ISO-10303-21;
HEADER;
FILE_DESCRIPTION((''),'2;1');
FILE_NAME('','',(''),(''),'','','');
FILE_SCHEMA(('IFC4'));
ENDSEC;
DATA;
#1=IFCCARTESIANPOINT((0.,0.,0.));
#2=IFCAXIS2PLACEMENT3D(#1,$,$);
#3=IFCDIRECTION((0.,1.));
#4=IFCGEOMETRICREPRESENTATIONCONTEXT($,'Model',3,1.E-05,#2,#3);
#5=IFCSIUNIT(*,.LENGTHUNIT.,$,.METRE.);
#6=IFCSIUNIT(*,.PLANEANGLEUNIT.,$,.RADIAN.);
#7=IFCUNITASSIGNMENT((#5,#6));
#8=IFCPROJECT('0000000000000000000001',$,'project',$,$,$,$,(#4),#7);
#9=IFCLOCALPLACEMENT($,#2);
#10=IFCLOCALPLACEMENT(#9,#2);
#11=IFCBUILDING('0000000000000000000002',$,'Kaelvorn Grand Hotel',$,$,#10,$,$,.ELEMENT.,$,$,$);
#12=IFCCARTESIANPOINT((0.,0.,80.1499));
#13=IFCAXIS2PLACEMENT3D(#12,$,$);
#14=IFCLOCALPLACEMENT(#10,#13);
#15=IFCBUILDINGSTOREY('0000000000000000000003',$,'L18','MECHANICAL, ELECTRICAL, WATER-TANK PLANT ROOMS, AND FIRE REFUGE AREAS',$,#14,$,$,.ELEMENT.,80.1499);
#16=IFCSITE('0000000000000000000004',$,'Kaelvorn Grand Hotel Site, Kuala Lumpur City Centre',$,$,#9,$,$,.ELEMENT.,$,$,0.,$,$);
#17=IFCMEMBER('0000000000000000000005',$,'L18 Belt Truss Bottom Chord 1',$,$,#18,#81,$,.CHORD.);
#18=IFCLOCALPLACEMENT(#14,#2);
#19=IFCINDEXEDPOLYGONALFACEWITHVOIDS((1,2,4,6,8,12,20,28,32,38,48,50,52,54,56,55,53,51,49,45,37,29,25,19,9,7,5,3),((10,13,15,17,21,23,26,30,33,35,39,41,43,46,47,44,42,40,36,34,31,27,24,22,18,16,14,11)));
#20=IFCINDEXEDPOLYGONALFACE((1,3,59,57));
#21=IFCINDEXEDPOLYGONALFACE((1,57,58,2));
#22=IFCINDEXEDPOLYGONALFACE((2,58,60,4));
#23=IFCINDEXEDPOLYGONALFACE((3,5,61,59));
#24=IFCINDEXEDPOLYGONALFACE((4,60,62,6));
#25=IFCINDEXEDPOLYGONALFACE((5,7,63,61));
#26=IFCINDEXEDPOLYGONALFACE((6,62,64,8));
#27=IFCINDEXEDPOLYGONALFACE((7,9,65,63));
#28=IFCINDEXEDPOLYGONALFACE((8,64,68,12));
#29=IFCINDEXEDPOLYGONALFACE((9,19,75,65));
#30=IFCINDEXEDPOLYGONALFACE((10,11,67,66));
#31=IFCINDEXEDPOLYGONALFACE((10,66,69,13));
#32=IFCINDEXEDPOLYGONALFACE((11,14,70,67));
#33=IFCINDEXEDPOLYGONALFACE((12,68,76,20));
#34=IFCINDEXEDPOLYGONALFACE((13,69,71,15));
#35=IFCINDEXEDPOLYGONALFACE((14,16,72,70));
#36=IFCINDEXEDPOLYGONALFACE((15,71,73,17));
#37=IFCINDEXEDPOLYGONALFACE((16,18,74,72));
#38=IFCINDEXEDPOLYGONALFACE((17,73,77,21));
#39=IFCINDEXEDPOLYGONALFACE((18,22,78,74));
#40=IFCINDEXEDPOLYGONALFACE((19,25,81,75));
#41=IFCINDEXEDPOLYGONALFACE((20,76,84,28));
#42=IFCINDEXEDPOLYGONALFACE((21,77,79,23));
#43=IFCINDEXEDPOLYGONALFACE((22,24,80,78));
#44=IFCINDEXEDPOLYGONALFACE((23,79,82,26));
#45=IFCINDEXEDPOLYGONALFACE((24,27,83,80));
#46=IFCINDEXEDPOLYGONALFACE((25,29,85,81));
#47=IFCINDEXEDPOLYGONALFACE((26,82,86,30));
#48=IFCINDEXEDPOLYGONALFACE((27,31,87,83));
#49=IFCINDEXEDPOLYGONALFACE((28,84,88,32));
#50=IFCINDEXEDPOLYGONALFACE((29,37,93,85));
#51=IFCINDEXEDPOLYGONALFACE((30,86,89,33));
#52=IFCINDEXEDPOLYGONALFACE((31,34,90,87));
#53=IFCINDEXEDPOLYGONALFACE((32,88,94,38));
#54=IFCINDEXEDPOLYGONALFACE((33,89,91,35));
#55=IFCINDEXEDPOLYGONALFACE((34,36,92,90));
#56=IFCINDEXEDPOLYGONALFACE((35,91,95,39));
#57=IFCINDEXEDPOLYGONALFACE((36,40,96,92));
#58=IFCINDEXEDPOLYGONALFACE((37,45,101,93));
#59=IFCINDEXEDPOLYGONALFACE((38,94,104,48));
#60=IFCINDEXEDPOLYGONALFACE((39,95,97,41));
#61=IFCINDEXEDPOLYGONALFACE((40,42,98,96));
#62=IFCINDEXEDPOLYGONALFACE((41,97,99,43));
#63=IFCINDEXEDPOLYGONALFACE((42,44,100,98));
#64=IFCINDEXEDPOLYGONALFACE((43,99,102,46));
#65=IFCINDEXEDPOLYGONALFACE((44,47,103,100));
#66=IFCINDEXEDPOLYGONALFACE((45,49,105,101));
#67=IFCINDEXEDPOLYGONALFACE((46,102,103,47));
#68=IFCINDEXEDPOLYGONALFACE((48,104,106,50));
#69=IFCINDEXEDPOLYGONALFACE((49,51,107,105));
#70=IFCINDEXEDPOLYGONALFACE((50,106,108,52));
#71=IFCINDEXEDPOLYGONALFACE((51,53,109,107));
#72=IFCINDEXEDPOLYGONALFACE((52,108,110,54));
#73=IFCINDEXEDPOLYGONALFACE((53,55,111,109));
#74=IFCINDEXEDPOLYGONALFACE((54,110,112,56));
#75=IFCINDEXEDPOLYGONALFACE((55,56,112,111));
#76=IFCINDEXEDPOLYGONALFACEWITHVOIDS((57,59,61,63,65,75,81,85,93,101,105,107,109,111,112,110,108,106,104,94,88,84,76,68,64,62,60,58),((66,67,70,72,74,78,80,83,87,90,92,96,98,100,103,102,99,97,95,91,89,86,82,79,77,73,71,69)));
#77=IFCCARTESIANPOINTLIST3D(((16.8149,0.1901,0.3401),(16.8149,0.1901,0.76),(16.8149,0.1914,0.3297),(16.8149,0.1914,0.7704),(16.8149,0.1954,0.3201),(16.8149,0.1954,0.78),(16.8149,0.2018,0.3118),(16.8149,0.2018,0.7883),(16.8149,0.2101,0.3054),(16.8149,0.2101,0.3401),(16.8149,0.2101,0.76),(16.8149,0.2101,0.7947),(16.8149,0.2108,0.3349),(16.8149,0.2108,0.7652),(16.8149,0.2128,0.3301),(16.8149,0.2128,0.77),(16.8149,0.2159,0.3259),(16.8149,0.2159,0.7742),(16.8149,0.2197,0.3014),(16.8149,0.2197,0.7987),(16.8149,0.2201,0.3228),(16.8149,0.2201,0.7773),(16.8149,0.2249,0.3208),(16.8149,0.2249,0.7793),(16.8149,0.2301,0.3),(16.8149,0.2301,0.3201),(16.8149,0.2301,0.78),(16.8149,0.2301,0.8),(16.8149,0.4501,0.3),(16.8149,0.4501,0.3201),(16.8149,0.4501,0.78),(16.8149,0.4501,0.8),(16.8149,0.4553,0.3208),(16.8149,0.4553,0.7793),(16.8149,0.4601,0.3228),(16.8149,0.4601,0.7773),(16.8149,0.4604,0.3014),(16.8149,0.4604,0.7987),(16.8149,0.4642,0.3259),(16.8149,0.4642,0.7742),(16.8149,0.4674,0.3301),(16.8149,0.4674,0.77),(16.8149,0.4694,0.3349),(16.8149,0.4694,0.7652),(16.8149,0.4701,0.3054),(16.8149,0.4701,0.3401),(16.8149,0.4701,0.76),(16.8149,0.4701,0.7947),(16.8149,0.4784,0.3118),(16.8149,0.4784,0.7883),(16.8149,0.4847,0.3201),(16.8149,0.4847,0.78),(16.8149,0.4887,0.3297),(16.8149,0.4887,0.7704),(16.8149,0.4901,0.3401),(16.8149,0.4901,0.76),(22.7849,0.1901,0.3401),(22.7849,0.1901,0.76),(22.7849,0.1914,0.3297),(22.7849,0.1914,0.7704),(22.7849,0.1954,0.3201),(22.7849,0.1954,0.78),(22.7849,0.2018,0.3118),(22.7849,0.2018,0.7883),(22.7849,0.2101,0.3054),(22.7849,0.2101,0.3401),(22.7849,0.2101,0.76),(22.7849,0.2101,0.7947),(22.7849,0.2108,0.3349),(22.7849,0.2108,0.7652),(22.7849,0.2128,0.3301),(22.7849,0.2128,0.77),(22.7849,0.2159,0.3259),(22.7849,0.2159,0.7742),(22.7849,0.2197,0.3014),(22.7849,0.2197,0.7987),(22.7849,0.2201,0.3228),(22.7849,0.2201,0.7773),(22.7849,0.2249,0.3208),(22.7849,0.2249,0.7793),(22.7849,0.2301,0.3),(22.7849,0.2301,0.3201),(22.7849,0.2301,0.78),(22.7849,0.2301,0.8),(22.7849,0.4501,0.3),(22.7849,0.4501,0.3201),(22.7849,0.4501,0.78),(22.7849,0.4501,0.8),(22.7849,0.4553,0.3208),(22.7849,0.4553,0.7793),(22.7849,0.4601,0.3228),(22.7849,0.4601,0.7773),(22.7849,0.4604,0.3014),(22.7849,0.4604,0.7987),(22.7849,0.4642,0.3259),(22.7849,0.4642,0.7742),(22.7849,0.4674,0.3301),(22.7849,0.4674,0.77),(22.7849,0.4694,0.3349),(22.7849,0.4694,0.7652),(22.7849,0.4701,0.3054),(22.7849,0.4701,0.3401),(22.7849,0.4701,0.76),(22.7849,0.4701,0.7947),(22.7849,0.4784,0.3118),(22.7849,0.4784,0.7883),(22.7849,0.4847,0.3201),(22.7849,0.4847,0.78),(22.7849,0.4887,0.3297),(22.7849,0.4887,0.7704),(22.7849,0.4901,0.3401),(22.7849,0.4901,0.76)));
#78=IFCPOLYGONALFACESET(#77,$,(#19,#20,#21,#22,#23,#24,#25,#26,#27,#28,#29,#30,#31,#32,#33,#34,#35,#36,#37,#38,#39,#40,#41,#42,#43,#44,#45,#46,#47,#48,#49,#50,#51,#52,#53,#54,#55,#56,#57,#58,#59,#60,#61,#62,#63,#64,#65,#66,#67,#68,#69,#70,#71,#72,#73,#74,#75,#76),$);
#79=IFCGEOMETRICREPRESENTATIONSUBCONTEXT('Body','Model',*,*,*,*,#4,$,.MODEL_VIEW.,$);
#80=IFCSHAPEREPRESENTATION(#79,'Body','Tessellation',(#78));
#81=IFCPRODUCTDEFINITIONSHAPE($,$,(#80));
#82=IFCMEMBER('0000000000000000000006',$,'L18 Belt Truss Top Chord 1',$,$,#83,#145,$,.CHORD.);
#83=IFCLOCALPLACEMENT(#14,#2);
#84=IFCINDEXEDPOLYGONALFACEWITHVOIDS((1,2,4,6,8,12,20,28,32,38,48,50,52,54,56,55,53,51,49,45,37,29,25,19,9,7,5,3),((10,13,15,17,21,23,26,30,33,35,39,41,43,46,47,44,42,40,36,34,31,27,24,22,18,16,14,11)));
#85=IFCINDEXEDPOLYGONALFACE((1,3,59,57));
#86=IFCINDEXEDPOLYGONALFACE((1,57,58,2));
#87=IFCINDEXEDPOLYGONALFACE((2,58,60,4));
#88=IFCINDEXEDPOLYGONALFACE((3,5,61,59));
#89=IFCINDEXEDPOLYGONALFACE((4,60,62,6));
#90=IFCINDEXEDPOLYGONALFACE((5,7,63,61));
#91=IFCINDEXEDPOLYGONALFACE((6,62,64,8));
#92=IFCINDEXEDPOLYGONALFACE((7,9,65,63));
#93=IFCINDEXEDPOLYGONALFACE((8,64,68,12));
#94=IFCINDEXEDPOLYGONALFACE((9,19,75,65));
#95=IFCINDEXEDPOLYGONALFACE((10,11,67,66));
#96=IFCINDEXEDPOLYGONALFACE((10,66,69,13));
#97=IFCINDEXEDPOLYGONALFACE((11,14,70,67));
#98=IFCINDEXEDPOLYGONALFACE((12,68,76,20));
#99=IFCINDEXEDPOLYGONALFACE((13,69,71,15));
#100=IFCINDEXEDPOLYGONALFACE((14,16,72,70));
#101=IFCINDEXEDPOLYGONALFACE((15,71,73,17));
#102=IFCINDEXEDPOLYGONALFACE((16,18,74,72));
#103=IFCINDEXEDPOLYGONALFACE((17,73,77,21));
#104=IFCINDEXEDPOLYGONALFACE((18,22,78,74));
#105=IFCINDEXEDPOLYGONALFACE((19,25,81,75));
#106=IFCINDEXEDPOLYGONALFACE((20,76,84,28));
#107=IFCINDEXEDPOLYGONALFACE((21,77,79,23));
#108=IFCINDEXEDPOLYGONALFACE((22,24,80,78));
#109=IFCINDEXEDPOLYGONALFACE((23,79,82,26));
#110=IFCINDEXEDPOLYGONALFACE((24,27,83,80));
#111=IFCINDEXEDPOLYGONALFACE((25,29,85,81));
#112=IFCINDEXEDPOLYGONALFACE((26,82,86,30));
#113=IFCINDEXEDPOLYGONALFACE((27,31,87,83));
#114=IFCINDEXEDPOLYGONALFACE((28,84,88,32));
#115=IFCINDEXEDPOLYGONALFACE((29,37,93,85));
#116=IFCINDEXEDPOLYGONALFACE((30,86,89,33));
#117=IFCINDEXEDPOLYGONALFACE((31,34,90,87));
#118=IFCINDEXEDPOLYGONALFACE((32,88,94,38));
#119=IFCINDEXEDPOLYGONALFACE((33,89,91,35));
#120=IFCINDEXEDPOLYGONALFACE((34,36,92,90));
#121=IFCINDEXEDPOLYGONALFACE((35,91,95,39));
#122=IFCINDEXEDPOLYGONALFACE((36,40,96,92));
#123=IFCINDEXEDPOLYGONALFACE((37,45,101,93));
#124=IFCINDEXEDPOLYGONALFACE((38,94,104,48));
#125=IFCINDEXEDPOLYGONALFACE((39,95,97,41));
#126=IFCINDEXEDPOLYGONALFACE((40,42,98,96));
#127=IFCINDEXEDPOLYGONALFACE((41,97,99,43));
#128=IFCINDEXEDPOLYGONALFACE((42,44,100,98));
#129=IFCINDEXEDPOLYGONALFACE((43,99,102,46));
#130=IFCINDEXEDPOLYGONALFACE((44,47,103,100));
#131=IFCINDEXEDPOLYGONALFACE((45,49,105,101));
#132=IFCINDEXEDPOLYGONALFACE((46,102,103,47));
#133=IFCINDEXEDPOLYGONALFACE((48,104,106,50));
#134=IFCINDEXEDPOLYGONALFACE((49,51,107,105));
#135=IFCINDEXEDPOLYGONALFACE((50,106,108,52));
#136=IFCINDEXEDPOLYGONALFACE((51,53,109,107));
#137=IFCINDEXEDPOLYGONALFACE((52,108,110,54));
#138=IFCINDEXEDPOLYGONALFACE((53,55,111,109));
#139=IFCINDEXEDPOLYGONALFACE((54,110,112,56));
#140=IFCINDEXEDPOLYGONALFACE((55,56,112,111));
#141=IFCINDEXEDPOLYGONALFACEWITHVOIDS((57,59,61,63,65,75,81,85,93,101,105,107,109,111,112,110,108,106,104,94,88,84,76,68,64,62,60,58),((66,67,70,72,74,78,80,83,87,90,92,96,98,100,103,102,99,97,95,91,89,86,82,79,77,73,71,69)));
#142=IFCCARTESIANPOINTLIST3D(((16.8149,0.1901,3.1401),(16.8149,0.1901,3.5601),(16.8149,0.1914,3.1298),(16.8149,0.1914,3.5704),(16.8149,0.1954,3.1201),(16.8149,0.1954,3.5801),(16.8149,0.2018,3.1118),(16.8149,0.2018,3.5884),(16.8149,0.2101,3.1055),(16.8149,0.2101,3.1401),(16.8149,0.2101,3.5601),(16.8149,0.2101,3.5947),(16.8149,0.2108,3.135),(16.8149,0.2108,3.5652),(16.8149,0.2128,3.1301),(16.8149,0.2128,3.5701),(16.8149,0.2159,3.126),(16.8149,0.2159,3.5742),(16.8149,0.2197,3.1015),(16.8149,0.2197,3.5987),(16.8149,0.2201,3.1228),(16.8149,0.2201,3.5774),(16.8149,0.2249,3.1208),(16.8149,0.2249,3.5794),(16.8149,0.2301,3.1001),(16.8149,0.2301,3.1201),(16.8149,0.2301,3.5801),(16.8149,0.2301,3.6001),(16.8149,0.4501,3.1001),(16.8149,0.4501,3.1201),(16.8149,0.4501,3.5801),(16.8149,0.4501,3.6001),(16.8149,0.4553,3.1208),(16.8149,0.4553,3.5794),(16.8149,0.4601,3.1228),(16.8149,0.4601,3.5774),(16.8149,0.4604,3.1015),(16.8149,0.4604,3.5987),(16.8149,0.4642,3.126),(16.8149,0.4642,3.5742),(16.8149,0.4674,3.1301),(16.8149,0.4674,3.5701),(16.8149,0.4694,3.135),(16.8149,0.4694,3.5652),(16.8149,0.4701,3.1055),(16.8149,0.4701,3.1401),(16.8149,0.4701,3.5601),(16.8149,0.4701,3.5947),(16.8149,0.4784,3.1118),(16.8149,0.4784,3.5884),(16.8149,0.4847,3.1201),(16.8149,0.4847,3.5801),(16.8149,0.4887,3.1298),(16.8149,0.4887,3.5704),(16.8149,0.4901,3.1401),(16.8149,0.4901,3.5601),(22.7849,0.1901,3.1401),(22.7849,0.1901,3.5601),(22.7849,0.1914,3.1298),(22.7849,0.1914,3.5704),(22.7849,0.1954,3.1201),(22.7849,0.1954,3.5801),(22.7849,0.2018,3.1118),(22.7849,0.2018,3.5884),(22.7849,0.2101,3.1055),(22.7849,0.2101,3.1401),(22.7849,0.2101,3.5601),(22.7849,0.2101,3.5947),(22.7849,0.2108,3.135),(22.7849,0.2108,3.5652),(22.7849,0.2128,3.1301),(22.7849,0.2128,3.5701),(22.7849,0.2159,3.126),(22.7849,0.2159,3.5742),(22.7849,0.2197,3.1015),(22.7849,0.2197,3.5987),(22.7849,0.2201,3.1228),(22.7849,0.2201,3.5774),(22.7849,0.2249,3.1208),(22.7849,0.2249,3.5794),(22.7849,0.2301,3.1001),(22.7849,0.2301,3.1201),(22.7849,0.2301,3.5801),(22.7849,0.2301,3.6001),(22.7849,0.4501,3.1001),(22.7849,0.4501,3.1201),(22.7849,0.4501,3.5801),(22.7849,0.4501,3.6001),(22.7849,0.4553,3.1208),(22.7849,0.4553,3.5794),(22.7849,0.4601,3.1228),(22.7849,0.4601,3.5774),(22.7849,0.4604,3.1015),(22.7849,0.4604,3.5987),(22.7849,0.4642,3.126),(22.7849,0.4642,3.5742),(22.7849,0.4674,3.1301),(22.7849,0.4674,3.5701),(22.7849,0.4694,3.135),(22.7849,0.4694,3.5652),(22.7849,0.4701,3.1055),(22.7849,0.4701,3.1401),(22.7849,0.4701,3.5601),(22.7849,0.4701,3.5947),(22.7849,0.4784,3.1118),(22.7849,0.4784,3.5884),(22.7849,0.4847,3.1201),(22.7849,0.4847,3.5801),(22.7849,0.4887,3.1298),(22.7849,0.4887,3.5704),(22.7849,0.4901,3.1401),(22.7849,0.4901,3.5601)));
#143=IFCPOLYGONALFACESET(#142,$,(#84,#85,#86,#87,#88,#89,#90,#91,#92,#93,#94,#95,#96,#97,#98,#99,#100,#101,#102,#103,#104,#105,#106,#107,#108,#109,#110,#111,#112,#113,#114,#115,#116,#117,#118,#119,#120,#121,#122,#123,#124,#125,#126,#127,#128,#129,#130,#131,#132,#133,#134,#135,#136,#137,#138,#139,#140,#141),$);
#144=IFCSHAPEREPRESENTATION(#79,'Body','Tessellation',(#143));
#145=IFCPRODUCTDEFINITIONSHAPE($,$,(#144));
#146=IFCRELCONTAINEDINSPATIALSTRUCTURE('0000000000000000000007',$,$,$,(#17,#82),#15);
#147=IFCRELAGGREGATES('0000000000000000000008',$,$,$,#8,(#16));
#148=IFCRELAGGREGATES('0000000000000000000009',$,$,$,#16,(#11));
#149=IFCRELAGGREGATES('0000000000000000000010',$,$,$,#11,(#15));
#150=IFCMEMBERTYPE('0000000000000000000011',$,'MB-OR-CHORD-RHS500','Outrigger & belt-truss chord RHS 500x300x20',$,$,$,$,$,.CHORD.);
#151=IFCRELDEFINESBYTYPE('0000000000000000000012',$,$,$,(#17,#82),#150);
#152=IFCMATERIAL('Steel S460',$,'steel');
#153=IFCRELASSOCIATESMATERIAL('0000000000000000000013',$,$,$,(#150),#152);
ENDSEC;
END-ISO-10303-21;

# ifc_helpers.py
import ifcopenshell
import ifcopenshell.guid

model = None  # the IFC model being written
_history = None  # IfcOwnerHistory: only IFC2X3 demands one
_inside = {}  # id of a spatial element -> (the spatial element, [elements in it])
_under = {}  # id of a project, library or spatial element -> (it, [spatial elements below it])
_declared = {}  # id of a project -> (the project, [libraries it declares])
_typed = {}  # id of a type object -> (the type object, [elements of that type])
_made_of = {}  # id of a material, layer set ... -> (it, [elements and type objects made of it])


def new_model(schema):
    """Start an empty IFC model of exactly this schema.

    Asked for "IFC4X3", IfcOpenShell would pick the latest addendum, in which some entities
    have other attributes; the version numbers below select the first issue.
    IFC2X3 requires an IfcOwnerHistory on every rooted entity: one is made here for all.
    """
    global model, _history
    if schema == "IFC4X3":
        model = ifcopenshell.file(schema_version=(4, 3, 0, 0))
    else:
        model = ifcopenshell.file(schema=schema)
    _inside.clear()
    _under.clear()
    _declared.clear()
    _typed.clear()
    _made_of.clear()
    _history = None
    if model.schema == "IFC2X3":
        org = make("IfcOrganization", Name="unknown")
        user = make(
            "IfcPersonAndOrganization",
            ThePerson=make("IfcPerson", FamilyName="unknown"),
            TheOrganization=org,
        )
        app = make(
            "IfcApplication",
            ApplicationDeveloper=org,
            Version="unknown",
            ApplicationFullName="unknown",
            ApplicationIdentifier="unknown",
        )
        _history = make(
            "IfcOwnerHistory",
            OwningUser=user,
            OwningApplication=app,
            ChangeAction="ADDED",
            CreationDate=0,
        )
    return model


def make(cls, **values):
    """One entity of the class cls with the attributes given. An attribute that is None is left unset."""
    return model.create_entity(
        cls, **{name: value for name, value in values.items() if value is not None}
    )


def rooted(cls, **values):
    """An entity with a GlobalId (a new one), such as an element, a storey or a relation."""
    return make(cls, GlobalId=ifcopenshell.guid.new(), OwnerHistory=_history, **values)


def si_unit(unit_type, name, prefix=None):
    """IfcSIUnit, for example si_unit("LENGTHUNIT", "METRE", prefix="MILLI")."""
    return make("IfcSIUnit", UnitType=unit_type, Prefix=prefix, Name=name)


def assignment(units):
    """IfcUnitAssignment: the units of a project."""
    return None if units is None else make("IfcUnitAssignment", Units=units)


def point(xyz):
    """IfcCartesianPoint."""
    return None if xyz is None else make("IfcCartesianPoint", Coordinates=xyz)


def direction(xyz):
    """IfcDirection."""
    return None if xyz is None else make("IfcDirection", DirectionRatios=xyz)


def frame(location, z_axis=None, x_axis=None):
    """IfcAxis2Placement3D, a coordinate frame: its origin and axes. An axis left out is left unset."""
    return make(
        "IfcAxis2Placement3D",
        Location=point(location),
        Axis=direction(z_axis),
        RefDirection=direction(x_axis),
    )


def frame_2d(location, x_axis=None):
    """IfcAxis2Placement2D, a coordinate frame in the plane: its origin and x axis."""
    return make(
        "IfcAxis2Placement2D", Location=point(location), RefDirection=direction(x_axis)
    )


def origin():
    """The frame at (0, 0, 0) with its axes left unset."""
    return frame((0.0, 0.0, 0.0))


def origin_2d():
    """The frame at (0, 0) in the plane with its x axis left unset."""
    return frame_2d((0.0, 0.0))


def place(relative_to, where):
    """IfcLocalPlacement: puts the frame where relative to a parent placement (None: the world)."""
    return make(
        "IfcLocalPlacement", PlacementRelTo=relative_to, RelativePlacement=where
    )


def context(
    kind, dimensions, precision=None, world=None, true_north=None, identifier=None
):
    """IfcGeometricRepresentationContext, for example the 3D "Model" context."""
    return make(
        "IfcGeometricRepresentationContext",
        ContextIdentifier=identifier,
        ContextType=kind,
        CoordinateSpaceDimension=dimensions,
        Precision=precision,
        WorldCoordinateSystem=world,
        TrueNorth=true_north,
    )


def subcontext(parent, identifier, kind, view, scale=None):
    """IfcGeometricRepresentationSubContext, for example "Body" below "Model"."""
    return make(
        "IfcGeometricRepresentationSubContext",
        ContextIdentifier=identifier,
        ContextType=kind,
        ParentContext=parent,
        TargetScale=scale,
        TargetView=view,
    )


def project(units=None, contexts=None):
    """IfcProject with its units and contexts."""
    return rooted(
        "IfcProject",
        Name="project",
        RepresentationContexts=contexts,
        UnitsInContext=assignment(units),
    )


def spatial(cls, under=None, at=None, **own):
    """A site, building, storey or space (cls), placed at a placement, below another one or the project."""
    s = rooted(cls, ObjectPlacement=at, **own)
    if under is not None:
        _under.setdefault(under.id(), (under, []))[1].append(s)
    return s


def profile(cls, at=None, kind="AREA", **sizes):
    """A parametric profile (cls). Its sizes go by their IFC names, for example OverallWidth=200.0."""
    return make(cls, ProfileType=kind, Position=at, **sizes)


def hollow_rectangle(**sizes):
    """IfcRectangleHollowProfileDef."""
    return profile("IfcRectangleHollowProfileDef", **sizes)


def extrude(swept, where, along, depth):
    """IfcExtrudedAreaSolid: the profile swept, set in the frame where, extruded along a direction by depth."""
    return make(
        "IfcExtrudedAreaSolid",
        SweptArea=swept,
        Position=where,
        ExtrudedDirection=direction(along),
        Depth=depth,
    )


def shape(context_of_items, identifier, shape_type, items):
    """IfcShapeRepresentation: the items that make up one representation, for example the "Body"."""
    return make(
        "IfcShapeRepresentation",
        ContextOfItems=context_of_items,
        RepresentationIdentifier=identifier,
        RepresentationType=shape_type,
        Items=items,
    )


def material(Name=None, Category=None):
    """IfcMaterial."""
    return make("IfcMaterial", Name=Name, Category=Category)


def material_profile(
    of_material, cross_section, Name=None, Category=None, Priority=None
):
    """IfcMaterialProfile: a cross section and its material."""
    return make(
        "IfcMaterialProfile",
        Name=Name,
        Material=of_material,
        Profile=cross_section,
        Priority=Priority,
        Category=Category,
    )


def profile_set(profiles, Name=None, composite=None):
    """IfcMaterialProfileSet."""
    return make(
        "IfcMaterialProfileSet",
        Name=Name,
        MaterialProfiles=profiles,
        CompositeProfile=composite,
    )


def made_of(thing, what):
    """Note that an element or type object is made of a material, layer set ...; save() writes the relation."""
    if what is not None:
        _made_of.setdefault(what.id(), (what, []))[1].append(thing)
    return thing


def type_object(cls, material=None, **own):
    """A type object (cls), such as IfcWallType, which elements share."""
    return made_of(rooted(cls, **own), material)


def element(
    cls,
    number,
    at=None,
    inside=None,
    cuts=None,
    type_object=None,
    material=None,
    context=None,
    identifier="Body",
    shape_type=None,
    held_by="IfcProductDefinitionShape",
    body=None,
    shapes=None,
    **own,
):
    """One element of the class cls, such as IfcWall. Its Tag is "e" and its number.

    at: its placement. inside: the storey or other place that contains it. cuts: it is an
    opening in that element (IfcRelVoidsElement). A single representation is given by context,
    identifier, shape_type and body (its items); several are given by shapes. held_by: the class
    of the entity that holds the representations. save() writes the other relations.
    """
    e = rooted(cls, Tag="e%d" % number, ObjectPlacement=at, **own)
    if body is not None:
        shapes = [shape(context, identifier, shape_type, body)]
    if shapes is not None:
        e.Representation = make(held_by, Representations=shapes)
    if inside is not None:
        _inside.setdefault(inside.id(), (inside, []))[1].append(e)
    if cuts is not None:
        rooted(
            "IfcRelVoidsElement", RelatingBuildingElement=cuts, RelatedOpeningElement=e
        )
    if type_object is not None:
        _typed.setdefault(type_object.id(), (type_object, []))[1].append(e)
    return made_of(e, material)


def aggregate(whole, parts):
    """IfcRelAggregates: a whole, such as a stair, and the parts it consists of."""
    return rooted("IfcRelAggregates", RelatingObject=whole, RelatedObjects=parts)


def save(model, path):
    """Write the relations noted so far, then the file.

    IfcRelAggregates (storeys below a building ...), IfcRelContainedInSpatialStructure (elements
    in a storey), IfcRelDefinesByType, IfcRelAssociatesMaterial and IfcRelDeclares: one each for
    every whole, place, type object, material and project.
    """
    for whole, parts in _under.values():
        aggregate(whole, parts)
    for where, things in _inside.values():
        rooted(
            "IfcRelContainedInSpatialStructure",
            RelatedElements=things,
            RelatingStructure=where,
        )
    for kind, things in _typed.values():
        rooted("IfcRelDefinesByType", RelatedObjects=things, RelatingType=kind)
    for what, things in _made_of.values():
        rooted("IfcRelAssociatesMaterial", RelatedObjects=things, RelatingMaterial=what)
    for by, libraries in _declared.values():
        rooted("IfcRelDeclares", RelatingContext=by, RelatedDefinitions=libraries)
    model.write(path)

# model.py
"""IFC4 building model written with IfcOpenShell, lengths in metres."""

from ifc_helpers import new_model, si_unit, direction, frame, origin, origin_2d, place, context, subcontext, project, spatial, hollow_rectangle, extrude, material, material_profile, profile_set, type_object, element, save


model = new_model("IFC4")

# Units and contexts
model_context = context("Model", 3, precision=1e-05, world=origin(), true_north=direction((0.0, 1.0)))
body_context = subcontext(model_context, "Body", "Model", "MODEL_VIEW")
ifc_project = project(units=[si_unit("LENGTHUNIT", "METRE"), si_unit("PLANEANGLEUNIT", "RADIAN")], contexts=[model_context])

# Site, building, storey
site_placement = place(None, origin())
site = spatial("IfcSite", under=ifc_project, at=site_placement, Name="Kaelvorn Grand Hotel Site, Kuala Lumpur City Centre", CompositionType="ELEMENT", RefElevation=0.0)
building_placement = place(site_placement, origin())
building = spatial("IfcBuilding", under=site, at=building_placement, Name="Kaelvorn Grand Hotel", CompositionType="ELEMENT")
storey_placement = place(building_placement, frame((0.0, 0.0, 80.1499)))
storey = spatial("IfcBuildingStorey", under=building, at=storey_placement, Name="L18", Description="MECHANICAL, ELECTRICAL, WATER-TANK PLANT ROOMS, AND FIRE REFUGE AREAS", CompositionType="ELEMENT", Elevation=80.1499)

# Members
ifc_material_1 = material(Name="Steel S460", Category="steel")
ifc_material_profile_1 = material_profile(ifc_material_1, hollow_rectangle(XDim=0.3, YDim=0.5, WallThickness=0.02, InnerFilletRadius=0.02, OuterFilletRadius=0.04, at=origin_2d()), Name="RHS 500x300x20.0")
ifc_profile_set_1 = profile_set([ifc_material_profile_1], Name="Steel S460")
member_type_1 = type_object("IfcMemberType", Name="MB-OR-CHORD-RHS500", Description="Outrigger & belt-truss chord RHS 500x300x20", PredefinedType="CHORD", material=ifc_profile_set_1)
for number, where, z_axis, x_axis, name in (
    (1, (16.8149, 0.3401, 0.55), (1.0, 0.0, 0.0), (0.0, 1.0, 0.0), "L18 Belt Truss Bottom Chord 1"),
    (2, (16.8149, 0.3401, 3.3501), (1.0, 0.0, 0.0), (0.0, 1.0, 0.0), "L18 Belt Truss Top Chord 1"),
):
    element("IfcMember", number, at=place(storey_placement, frame(where, z_axis=z_axis, x_axis=x_axis)), inside=storey, type_object=member_type_1, Name=name, PredefinedType="CHORD", context=body_context, shape_type="SweptSolid", body=[
        extrude(hollow_rectangle(XDim=0.3, YDim=0.5, WallThickness=0.02, InnerFilletRadius=0.02, OuterFilletRadius=0.04, at=origin_2d()), origin(), (0.0, 0.0, 1.0), 5.97),
    ])

save(model, "model.ifc")
